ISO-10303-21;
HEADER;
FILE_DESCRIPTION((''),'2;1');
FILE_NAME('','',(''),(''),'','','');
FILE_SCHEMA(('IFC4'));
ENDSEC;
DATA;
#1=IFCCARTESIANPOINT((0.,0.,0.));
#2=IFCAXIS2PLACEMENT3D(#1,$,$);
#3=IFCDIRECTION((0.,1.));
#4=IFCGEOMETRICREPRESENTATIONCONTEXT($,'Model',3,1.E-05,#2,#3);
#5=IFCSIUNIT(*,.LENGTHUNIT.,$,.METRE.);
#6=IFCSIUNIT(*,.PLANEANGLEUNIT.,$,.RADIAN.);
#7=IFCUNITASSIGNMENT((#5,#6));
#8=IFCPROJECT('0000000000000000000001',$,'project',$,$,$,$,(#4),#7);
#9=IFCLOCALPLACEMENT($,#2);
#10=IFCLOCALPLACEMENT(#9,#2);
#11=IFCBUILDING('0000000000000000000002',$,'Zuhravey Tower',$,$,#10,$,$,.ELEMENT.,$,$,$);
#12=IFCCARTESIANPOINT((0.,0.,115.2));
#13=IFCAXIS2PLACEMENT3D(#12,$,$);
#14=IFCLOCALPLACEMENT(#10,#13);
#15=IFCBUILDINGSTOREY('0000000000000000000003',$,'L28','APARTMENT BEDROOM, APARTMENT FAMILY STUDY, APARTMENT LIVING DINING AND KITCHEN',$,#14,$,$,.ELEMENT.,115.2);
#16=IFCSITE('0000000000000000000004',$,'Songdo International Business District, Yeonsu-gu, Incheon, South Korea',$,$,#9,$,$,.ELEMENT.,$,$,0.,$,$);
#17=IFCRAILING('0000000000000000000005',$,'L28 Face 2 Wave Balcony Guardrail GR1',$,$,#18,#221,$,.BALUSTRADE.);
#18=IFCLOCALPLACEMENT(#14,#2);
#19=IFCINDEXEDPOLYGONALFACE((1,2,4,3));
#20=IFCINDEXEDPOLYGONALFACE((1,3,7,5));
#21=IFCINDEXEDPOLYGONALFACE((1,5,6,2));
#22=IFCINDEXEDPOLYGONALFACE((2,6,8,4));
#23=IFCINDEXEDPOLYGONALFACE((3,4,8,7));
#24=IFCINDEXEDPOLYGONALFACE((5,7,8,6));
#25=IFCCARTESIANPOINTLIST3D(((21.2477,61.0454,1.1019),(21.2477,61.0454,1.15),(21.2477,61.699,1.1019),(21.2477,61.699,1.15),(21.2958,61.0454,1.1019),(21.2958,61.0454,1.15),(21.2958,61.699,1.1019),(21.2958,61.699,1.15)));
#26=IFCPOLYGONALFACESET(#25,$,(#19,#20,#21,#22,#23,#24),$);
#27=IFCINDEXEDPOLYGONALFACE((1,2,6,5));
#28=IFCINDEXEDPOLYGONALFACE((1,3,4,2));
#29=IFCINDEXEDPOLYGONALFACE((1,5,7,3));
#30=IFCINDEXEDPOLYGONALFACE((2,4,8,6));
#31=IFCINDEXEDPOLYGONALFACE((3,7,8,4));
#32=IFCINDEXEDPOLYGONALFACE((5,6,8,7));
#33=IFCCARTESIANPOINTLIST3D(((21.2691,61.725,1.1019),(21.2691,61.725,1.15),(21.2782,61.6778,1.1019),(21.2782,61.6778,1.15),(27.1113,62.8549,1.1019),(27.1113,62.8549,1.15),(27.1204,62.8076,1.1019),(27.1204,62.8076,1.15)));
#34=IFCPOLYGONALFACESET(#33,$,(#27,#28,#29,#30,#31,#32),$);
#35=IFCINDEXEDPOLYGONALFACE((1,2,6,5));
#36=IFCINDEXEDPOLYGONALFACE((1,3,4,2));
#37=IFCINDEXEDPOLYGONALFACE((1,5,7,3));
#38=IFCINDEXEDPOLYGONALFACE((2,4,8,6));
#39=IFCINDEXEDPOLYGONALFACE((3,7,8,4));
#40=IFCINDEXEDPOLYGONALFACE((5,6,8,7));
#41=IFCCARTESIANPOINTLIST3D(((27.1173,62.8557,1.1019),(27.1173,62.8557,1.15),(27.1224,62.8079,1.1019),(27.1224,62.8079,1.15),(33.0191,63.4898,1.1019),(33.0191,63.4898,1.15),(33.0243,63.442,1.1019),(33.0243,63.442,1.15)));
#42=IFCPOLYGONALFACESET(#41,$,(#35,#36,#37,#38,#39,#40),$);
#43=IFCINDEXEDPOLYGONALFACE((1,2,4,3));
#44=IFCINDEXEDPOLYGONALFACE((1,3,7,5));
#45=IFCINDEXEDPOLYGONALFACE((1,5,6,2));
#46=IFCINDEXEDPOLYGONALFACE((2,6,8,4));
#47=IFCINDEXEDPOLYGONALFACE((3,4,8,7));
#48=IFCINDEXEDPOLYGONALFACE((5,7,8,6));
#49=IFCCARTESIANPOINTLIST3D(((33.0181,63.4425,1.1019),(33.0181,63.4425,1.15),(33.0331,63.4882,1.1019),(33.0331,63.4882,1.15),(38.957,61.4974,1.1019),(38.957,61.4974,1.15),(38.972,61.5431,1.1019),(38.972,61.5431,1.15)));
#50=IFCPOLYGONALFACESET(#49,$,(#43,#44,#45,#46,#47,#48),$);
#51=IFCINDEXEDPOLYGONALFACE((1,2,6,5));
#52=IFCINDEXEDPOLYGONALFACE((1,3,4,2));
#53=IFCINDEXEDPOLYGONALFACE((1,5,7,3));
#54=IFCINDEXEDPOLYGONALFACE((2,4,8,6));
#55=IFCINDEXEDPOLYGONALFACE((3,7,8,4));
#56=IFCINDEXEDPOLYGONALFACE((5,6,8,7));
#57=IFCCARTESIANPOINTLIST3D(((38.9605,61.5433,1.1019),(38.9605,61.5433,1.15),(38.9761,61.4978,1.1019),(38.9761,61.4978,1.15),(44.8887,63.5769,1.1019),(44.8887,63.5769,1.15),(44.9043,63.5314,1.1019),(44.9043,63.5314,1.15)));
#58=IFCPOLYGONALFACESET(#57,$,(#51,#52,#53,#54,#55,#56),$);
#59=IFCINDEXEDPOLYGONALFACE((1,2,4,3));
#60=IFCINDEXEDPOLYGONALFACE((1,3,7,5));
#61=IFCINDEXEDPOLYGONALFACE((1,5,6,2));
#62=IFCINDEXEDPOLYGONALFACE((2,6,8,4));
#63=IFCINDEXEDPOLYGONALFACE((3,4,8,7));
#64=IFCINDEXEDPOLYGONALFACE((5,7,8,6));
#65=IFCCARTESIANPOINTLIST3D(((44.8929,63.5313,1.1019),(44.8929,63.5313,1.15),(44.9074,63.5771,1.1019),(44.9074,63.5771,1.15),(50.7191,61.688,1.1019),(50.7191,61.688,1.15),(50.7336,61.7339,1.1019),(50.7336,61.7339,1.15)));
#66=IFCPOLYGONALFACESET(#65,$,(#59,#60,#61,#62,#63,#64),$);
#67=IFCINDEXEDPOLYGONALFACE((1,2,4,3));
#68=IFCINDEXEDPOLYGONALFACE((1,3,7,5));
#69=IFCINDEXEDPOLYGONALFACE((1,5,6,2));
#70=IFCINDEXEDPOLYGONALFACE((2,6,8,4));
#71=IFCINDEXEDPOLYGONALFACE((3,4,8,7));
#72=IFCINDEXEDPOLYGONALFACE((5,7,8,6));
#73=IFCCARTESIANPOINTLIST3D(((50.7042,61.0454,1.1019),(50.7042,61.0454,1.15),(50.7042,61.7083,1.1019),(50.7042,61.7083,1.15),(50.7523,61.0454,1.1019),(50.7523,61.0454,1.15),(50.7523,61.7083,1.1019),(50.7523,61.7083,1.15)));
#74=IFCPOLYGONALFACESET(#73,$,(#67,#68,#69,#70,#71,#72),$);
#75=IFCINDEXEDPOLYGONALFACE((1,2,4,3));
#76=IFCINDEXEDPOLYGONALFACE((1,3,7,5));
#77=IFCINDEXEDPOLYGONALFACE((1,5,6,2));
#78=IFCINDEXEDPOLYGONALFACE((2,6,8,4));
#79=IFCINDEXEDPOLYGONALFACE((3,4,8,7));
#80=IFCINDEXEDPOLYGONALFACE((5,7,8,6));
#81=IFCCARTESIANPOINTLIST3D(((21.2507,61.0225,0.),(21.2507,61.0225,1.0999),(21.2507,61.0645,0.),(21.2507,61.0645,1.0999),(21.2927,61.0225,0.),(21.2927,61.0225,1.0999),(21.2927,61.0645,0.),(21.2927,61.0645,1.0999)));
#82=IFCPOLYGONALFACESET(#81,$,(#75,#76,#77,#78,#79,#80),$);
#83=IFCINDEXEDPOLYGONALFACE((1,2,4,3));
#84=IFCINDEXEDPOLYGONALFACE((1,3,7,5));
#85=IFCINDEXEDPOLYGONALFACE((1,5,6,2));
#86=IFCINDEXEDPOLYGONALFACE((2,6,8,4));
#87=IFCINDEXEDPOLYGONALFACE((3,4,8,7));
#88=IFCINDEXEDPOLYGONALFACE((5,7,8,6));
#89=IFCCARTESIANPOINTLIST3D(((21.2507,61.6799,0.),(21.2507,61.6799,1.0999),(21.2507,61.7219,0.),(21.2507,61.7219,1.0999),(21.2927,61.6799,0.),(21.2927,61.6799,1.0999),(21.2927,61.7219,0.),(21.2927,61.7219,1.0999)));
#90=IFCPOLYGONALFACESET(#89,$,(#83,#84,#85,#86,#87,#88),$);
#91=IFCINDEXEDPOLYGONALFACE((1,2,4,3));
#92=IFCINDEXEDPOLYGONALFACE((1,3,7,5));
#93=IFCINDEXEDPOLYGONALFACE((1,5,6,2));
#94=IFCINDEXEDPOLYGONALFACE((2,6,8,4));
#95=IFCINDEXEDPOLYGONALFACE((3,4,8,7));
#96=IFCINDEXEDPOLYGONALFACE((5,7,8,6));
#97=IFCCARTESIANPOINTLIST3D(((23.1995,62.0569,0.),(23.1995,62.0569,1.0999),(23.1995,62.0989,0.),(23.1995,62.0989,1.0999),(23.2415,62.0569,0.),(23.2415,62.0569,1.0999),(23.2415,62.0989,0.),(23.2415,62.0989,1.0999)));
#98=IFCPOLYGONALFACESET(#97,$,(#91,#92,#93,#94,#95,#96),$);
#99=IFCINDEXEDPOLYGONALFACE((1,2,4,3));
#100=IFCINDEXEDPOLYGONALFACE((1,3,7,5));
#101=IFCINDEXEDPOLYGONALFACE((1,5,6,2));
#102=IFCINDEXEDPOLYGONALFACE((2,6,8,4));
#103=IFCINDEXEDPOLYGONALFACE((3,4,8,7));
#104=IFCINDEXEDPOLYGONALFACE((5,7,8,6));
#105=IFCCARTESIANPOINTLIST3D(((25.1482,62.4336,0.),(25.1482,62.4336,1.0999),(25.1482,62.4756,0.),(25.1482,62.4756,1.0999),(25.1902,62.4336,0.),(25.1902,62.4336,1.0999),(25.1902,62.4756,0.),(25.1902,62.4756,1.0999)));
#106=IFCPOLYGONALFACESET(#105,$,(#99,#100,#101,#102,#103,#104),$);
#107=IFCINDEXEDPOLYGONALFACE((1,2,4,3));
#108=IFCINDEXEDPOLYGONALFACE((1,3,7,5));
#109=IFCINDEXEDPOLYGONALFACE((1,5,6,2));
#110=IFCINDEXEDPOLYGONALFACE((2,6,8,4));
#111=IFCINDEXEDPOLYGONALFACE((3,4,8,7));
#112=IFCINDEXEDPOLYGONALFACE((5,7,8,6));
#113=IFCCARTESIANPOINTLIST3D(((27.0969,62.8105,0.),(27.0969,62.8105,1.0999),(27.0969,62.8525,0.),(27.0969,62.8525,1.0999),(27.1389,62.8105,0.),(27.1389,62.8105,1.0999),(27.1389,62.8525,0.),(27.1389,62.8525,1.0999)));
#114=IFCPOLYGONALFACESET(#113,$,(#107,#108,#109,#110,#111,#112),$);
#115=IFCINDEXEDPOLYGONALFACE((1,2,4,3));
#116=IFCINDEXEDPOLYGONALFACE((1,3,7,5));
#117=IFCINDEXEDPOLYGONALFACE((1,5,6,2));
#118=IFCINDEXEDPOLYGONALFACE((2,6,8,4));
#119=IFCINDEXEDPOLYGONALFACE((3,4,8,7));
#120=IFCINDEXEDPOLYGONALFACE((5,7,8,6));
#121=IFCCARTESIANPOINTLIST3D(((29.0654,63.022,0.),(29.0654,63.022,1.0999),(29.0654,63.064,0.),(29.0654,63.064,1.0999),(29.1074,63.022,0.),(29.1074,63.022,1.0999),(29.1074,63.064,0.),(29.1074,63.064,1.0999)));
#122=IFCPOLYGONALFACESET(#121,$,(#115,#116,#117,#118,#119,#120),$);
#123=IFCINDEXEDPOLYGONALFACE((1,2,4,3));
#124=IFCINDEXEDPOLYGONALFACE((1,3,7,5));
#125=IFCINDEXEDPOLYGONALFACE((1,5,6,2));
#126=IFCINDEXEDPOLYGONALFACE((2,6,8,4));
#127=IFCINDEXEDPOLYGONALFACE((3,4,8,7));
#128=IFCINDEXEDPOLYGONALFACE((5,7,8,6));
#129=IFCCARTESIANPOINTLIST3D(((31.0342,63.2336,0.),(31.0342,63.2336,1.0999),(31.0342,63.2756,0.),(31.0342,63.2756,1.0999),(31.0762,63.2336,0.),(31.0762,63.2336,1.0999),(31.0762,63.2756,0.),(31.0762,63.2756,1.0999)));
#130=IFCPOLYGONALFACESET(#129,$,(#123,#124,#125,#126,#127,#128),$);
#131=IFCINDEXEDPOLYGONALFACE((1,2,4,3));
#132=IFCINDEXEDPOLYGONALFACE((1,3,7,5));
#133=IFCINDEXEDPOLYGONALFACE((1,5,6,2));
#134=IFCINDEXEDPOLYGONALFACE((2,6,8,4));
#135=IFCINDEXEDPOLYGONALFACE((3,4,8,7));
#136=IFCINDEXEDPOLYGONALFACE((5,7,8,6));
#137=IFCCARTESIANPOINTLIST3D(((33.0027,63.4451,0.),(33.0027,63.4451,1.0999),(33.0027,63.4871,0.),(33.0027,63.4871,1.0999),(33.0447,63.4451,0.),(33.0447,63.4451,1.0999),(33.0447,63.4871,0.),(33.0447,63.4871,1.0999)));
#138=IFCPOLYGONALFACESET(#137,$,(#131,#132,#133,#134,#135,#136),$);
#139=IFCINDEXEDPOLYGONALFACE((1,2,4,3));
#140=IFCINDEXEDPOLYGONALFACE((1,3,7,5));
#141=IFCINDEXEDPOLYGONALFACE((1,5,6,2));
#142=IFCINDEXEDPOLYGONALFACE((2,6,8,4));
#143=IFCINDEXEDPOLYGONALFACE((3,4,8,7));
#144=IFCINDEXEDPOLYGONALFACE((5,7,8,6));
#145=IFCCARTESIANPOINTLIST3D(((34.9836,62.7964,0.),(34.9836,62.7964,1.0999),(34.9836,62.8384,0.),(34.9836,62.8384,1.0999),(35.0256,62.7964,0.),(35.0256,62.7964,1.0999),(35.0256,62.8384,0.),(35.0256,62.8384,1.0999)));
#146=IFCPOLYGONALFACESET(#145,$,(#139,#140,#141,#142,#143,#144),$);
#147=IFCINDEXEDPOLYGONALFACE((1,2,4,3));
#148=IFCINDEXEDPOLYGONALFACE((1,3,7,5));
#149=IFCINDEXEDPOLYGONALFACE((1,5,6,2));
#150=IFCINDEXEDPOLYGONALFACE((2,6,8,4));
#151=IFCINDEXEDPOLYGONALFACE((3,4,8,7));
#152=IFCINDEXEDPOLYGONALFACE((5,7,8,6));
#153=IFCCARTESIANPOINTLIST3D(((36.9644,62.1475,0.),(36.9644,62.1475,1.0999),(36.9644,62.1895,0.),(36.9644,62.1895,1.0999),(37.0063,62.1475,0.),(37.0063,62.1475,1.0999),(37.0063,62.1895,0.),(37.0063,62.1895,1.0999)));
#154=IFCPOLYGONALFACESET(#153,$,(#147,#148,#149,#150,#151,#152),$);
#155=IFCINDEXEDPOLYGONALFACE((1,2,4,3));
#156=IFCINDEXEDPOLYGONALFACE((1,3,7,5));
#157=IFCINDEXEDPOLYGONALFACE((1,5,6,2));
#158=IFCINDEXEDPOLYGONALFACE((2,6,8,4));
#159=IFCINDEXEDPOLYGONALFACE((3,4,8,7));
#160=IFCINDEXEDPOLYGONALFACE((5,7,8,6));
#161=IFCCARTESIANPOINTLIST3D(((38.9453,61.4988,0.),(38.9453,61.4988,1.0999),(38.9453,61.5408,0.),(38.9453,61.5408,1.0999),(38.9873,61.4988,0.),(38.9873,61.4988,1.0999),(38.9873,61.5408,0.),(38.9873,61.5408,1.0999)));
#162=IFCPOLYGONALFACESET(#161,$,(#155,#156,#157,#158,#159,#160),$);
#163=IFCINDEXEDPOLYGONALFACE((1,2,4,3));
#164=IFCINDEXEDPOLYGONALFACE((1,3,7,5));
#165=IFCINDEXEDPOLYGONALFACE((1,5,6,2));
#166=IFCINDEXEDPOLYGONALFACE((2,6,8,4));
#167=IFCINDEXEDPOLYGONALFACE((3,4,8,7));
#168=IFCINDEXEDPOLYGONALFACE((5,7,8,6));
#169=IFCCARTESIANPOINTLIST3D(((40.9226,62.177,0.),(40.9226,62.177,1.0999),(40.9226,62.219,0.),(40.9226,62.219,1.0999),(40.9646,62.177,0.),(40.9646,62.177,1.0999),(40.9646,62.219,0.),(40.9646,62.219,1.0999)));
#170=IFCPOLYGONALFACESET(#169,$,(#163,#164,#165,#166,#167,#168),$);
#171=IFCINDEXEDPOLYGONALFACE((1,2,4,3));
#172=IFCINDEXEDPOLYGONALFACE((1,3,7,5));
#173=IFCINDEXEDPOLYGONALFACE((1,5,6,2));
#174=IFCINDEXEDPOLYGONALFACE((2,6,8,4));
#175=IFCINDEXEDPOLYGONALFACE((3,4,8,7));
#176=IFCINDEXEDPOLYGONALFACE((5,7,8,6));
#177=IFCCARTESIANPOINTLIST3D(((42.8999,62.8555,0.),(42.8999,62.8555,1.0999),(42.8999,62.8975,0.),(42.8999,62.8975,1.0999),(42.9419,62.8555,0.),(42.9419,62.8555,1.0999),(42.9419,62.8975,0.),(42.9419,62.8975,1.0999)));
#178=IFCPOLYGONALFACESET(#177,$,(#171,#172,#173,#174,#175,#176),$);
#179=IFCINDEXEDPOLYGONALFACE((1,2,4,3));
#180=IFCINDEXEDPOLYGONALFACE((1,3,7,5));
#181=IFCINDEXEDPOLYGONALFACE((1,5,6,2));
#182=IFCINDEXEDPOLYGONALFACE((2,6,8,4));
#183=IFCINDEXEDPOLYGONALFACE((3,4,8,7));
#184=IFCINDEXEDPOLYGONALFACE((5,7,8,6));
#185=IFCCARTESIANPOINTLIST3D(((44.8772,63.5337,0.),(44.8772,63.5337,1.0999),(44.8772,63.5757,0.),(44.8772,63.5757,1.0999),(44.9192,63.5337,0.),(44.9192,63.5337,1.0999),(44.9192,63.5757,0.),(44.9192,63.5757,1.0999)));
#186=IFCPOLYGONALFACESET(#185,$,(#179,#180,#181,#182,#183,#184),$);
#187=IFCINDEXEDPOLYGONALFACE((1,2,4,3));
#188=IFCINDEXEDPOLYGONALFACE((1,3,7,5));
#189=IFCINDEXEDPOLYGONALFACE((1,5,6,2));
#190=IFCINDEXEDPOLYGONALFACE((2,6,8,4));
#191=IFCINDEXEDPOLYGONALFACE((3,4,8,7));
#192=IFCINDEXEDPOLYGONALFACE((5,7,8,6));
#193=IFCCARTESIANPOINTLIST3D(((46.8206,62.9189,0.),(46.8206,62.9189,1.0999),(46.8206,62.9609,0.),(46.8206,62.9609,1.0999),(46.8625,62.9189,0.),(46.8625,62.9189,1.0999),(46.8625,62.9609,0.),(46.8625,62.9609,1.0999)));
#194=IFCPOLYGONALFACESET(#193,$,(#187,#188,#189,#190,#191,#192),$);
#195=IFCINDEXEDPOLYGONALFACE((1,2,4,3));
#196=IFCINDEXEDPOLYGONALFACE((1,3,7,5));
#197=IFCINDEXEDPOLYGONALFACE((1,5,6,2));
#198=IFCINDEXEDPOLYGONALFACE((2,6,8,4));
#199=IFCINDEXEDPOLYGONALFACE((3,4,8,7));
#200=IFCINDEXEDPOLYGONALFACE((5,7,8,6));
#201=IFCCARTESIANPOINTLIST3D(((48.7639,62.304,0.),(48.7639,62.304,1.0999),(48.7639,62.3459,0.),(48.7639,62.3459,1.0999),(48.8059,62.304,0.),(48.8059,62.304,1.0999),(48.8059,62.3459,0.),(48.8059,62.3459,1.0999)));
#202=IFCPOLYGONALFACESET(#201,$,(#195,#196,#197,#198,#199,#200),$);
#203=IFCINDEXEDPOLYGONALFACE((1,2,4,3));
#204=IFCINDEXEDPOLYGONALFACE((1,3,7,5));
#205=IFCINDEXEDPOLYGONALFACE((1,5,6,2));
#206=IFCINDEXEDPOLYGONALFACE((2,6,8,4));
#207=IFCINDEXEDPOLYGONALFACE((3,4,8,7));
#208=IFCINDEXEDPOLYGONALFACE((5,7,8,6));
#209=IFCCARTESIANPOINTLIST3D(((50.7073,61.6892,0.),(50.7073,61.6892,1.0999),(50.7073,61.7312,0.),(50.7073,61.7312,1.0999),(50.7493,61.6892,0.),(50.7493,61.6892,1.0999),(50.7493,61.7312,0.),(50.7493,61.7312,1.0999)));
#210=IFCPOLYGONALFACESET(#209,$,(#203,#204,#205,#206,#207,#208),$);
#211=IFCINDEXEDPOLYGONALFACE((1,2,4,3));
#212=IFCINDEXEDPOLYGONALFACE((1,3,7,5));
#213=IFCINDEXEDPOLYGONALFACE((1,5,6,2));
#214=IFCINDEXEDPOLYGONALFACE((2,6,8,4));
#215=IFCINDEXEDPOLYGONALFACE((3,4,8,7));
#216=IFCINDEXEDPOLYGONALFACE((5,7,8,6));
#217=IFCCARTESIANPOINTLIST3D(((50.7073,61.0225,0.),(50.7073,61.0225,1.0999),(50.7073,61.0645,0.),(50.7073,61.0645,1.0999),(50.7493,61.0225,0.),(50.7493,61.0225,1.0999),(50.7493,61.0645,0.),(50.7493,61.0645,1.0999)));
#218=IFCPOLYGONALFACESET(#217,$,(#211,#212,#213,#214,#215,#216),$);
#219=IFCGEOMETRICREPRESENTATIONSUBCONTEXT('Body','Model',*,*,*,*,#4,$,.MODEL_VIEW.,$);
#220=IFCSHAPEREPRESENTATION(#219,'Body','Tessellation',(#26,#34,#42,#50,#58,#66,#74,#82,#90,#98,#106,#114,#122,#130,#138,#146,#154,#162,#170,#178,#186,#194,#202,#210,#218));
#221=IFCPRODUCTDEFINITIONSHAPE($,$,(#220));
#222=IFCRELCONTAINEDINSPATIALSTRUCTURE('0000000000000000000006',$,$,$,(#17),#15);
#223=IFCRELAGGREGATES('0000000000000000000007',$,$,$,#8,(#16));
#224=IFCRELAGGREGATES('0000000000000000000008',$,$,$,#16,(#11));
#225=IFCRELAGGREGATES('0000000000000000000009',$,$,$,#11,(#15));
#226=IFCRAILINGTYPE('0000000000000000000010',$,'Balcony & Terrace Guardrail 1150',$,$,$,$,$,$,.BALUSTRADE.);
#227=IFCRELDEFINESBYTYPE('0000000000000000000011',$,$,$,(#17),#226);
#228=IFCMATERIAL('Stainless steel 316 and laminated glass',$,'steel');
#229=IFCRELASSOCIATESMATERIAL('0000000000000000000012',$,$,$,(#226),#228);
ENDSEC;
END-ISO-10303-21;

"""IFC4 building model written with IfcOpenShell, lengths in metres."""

from ifc_helpers import new_model, si_unit, direction, frame, origin, origin_2d, place, context, subcontext, project, spatial, rectangle, extrude, material, type_object, element, save


model = new_model("IFC4")

# Units and contexts
model_context = context("Model", 3, precision=1e-05, world=origin(), true_north=direction((0.0, 1.0)))
body_context = subcontext(model_context, "Body", "Model", "MODEL_VIEW")
ifc_project = project(units=[si_unit("LENGTHUNIT", "METRE"), si_unit("PLANEANGLEUNIT", "RADIAN")], contexts=[model_context])

# Site, building, storey
site_placement = place(None, origin())
site = spatial("IfcSite", under=ifc_project, at=site_placement, Name="Songdo International Business District, Yeonsu-gu, Incheon, South Korea", CompositionType="ELEMENT", RefElevation=0.0)
building_placement = place(site_placement, origin())
building = spatial("IfcBuilding", under=site, at=building_placement, Name="Zuhravey Tower", CompositionType="ELEMENT")
storey_placement = place(building_placement, frame((0.0, 0.0, 115.2)))
storey = spatial("IfcBuildingStorey", under=building, at=storey_placement, Name="L28", Description="APARTMENT BEDROOM, APARTMENT FAMILY STUDY, APARTMENT LIVING DINING AND KITCHEN", CompositionType="ELEMENT", Elevation=115.2)

# Railing
ifc_material_1 = material(Name="Stainless steel 316 and laminated glass", Category="steel")
railing_type = type_object("IfcRailingType", Name="Balcony & Terrace Guardrail 1150", PredefinedType="BALUSTRADE", material=ifc_material_1)
railing_placement = place(storey_placement, frame((21.2717, 61.0435, 0.0)))
element("IfcRailing", 1, at=railing_placement, inside=storey, type_object=railing_type, Name="L28 Face 2 Wave Balcony Guardrail GR1", PredefinedType="BALUSTRADE", context=body_context, shape_type="SweptSolid", body=[
    extrude(rectangle(XDim=0.0481, YDim=0.0481, at=origin_2d()), frame((0.0, 0.002, 1.126), z_axis=(0.0, 1.0, 0.0), x_axis=(-1.0, 0.0, 0.0)), (0.0, 0.0, 1.0), 0.6536),
    extrude(rectangle(XDim=0.0481, YDim=0.0481, at=origin_2d()), frame((0.002, 0.658, 1.126), z_axis=(0.981808, 0.189875, 0.0), x_axis=(-0.189875, 0.981808, 0.0)), (0.0, 0.0, 1.0), 5.9504),
    extrude(rectangle(XDim=0.0481, YDim=0.0481, at=origin_2d()), frame((5.8481, 1.7883, 1.126), z_axis=(0.994278, 0.106826, 0.0), x_axis=(-0.106826, 0.994278, 0.0)), (0.0, 0.0, 1.0), 5.9358),
    extrude(rectangle(XDim=0.0481, YDim=0.0481, at=origin_2d()), frame((11.7539, 2.4219, 1.126), z_axis=(0.95033, -0.311246, 0.0), x_axis=(0.311246, 0.95033, 0.0)), (0.0, 0.0, 1.0), 6.2493),
    extrude(rectangle(XDim=0.0481, YDim=0.0481, at=origin_2d()), frame((17.6965, 0.4771, 1.126), z_axis=(0.945891, 0.324485, 0.0), x_axis=(-0.324485, 0.945891, 0.0)), (0.0, 0.0, 1.0), 6.2673),
    extrude(rectangle(XDim=0.0481, YDim=0.0481, at=origin_2d()), frame((23.6284, 2.5107, 1.126), z_axis=(0.953423, -0.301638, 0.0), x_axis=(0.301638, 0.953423, 0.0)), (0.0, 0.0, 1.0), 6.1108),
    extrude(rectangle(XDim=0.0481, YDim=0.0481, at=origin_2d()), frame((29.4565, 0.6648, 1.126), z_axis=(0.0, -1.0, 0.0), x_axis=(1.0, 0.0, 0.0)), (0.0, 0.0, 1.0), 0.6628),
    extrude(rectangle(XDim=0.042, YDim=0.042, at=origin_2d()), origin(), (0.0, 0.0, 1.0), 1.0999),
    extrude(rectangle(XDim=0.042, YDim=0.042, at=origin_2d()), frame((0.0, 0.6575, 0.0)), (0.0, 0.0, 1.0), 1.0999),
    extrude(rectangle(XDim=0.042, YDim=0.042, at=origin_2d()), frame((1.9487, 1.0344, 0.0)), (0.0, 0.0, 1.0), 1.0999),
    extrude(rectangle(XDim=0.042, YDim=0.042, at=origin_2d()), frame((3.8975, 1.4111, 0.0)), (0.0, 0.0, 1.0), 1.0999),
    extrude(rectangle(XDim=0.042, YDim=0.042, at=origin_2d()), frame((5.8462, 1.7881, 0.0)), (0.0, 0.0, 1.0), 1.0999),
    extrude(rectangle(XDim=0.042, YDim=0.042, at=origin_2d()), frame((7.8147, 1.9995, 0.0)), (0.0, 0.0, 1.0), 1.0999),
    extrude(rectangle(XDim=0.042, YDim=0.042, at=origin_2d()), frame((9.7834, 2.2112, 0.0)), (0.0, 0.0, 1.0), 1.0999),
    extrude(rectangle(XDim=0.042, YDim=0.042, at=origin_2d()), frame((11.752, 2.4226, 0.0)), (0.0, 0.0, 1.0), 1.0999),
    extrude(rectangle(XDim=0.042, YDim=0.042, at=origin_2d()), frame((13.7329, 1.7739, 0.0)), (0.0, 0.0, 1.0), 1.0999),
    extrude(rectangle(XDim=0.042, YDim=0.042, at=origin_2d()), frame((15.7136, 1.125, 0.0)), (0.0, 0.0, 1.0), 1.0999),
    extrude(rectangle(XDim=0.042, YDim=0.042, at=origin_2d()), frame((17.6946, 0.4763, 0.0)), (0.0, 0.0, 1.0), 1.0999),
    extrude(rectangle(XDim=0.042, YDim=0.042, at=origin_2d()), frame((19.6719, 1.1545, 0.0)), (0.0, 0.0, 1.0), 1.0999),
    extrude(rectangle(XDim=0.042, YDim=0.042, at=origin_2d()), frame((21.6492, 1.833, 0.0)), (0.0, 0.0, 1.0), 1.0999),
    extrude(rectangle(XDim=0.042, YDim=0.042, at=origin_2d()), frame((23.6265, 2.5112, 0.0)), (0.0, 0.0, 1.0), 1.0999),
    extrude(rectangle(XDim=0.042, YDim=0.042, at=origin_2d()), frame((25.5698, 1.8965, 0.0)), (0.0, 0.0, 1.0), 1.0999),
    extrude(rectangle(XDim=0.042, YDim=0.042, at=origin_2d()), frame((27.5132, 1.2815, 0.0)), (0.0, 0.0, 1.0), 1.0999),
    extrude(rectangle(XDim=0.042, YDim=0.042, at=origin_2d()), frame((29.4565, 0.6667, 0.0)), (0.0, 0.0, 1.0), 1.0999),
    extrude(rectangle(XDim=0.042, YDim=0.042, at=origin_2d()), frame((29.4565, 0.0, 0.0)), (0.0, 0.0, 1.0), 1.0999),
])

save(model, "model.ifc")
